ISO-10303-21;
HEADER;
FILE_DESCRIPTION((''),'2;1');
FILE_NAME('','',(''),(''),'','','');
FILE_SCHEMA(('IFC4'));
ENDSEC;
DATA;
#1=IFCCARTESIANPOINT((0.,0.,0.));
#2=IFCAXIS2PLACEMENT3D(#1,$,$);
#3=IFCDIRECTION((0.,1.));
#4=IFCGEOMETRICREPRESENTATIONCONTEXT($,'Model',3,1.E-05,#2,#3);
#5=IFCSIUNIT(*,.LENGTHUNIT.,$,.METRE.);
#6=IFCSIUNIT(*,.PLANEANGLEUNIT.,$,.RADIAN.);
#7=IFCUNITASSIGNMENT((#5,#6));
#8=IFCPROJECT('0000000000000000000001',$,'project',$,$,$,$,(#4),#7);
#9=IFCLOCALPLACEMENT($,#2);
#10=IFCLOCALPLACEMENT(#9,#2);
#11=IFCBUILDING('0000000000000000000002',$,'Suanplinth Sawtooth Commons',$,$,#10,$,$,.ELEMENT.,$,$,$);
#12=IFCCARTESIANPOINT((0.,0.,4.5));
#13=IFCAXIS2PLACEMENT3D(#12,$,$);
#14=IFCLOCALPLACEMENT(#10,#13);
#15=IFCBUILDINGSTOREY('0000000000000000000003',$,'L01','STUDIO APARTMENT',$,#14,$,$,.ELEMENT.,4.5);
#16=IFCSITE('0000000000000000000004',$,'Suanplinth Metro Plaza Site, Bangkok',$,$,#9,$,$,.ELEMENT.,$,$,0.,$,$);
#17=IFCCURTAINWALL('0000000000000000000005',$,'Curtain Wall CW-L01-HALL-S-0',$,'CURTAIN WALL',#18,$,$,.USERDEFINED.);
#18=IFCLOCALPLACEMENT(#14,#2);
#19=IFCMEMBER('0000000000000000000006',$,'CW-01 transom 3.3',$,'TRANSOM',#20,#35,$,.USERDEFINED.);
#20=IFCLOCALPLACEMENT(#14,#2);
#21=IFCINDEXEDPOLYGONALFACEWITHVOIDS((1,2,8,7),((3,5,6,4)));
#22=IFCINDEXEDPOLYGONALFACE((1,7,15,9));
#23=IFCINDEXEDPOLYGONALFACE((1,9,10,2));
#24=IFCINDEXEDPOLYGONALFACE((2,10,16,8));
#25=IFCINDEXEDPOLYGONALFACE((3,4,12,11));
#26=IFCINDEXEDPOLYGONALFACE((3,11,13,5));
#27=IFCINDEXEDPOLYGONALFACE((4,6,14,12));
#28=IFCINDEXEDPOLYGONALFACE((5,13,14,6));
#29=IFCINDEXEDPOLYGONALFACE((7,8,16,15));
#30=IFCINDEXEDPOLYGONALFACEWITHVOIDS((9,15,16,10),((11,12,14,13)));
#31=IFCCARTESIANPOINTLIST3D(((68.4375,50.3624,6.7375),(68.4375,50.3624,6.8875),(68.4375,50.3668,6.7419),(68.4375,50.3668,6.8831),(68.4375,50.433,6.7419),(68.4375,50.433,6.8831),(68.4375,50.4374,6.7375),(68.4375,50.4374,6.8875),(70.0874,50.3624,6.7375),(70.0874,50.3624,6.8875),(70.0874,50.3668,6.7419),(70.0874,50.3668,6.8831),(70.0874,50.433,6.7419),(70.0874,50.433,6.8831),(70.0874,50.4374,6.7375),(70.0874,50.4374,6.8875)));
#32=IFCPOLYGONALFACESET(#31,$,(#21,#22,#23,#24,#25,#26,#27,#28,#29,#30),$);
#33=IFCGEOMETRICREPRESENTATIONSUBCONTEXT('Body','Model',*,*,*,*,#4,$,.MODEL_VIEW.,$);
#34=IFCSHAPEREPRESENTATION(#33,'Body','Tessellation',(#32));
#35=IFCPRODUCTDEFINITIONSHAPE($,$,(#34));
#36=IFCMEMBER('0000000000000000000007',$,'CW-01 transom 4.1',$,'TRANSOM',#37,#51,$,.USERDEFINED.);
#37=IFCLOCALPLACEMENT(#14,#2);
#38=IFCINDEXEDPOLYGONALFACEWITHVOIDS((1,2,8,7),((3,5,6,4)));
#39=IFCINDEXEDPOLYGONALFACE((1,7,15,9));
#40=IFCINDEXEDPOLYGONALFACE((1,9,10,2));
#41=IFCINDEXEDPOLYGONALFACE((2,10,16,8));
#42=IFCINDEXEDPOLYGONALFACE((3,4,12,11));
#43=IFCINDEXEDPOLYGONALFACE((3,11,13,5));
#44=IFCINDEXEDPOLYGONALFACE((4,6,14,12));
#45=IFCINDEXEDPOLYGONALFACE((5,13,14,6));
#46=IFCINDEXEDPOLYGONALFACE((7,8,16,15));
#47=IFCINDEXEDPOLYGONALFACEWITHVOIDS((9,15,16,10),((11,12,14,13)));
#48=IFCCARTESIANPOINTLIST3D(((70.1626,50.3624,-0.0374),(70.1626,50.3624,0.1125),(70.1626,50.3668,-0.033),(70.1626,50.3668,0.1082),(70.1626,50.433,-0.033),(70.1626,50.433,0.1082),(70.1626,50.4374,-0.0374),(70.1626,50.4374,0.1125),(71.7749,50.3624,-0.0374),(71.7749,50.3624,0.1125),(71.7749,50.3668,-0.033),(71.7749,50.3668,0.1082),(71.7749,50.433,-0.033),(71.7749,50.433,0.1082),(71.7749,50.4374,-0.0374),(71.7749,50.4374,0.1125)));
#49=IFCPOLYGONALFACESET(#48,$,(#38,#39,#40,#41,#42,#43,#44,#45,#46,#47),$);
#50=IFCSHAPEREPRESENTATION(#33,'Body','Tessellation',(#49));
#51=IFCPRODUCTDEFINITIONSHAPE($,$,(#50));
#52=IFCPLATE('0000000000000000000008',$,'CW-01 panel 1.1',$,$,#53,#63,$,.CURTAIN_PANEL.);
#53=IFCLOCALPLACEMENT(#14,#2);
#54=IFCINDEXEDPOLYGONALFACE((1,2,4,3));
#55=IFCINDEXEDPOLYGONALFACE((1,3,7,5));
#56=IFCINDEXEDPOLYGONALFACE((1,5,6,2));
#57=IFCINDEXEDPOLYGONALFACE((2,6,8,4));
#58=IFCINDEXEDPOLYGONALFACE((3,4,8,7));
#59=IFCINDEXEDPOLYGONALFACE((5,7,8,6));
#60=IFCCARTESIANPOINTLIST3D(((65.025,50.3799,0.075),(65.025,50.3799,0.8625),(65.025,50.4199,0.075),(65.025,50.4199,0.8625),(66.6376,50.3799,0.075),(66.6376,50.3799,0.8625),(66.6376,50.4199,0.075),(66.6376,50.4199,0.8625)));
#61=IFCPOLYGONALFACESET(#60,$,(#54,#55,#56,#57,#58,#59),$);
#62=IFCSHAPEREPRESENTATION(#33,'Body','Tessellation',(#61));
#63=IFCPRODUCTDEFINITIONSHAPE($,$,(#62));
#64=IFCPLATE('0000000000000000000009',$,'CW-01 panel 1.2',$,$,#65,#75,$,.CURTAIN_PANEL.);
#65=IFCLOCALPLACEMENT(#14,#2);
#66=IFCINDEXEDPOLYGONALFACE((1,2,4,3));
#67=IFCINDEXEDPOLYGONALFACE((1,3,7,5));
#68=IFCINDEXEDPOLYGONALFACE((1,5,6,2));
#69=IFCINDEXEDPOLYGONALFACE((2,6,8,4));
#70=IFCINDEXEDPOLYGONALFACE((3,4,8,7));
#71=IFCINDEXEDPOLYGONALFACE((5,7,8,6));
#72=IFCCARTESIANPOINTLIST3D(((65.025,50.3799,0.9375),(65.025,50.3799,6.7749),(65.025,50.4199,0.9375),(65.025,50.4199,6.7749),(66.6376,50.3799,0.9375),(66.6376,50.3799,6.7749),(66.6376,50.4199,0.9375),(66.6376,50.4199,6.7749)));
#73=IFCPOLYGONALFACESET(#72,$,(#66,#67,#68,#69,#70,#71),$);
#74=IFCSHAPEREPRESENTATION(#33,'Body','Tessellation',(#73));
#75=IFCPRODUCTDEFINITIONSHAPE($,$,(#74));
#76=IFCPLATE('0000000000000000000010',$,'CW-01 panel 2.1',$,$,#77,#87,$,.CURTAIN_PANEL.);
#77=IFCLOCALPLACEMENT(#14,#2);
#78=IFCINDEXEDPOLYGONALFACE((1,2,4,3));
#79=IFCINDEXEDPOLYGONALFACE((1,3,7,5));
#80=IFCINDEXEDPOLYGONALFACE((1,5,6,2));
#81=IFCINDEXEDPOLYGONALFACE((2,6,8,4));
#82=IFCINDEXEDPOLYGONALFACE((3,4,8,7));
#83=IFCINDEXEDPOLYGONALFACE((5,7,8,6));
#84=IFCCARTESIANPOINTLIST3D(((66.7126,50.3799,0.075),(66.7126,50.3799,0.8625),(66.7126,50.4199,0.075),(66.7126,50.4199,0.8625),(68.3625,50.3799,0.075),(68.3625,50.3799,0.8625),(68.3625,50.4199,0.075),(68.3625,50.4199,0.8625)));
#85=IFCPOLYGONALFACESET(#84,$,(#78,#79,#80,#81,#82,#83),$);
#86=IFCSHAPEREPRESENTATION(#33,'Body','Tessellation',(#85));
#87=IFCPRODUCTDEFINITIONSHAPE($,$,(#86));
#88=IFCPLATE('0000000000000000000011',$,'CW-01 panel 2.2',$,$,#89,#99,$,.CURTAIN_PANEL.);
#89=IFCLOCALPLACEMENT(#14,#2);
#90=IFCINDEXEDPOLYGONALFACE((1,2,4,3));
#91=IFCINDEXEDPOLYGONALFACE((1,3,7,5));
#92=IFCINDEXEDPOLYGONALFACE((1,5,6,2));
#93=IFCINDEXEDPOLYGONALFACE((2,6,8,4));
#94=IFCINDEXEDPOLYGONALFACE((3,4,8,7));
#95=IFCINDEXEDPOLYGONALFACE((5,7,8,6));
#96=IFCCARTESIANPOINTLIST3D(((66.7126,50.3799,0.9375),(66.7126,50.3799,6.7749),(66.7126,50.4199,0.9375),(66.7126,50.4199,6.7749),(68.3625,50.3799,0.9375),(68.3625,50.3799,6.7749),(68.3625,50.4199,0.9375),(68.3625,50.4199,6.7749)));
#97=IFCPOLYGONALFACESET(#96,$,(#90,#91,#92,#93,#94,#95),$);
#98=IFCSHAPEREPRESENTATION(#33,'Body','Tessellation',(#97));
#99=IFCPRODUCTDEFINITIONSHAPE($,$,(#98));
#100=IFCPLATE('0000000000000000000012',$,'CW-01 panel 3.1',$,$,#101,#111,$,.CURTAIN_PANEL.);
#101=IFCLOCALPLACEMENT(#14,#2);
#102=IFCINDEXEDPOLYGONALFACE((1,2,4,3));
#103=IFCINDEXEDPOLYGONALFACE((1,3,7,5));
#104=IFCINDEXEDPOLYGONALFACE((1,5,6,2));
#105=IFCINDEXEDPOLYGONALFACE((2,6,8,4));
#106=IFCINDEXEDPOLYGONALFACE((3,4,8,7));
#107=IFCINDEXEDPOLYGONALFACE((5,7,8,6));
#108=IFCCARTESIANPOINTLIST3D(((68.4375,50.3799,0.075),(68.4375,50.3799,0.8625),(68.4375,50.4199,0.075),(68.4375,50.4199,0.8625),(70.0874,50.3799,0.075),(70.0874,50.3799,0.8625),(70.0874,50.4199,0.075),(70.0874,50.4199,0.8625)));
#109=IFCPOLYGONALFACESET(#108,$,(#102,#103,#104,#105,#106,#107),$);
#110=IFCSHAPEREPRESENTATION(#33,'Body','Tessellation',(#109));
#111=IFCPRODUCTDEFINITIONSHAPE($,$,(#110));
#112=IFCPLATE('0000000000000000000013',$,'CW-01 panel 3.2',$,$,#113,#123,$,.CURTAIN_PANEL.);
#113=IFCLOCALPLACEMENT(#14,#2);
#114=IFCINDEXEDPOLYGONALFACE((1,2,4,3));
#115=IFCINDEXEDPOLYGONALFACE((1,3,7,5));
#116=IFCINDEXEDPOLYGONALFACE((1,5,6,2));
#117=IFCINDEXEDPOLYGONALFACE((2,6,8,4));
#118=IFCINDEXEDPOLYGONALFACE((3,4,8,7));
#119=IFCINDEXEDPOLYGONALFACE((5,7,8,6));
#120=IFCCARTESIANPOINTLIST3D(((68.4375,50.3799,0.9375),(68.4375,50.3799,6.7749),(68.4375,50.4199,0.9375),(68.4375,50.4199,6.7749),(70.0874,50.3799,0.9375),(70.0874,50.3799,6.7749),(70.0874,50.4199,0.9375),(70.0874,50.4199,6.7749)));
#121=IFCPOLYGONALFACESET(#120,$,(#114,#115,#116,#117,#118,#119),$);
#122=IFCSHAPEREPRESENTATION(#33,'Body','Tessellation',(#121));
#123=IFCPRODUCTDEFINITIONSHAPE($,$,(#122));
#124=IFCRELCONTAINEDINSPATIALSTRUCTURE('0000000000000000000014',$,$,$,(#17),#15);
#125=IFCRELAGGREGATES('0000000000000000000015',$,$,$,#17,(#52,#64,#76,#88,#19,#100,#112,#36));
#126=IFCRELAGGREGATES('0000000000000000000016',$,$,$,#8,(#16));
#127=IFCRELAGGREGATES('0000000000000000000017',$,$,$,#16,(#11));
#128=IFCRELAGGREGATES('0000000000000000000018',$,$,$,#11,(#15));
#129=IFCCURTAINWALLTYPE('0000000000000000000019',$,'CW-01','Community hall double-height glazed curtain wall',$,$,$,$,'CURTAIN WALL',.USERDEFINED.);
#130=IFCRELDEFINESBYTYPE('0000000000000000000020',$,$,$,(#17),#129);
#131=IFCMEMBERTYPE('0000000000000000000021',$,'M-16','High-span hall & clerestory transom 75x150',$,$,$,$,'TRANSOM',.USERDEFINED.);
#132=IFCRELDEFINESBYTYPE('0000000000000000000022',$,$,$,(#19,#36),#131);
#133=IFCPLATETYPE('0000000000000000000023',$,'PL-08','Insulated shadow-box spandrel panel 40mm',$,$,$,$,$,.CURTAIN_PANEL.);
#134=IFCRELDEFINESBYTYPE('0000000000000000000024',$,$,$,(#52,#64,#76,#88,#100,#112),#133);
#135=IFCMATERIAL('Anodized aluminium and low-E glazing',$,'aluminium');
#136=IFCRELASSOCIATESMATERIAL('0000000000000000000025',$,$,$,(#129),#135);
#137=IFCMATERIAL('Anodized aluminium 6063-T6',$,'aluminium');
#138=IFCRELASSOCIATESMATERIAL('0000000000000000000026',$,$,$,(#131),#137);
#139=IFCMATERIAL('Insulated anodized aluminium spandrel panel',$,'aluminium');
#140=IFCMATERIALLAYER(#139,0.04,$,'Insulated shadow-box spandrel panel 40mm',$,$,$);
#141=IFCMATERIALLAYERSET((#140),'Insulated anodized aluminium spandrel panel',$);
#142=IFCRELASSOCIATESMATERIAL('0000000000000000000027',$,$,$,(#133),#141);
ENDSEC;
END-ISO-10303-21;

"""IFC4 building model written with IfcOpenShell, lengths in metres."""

from ifc_helpers import new_model, si_unit, direction, frame, origin, origin_2d, place, context, subcontext, project, spatial, rectangle, hollow_rectangle, extrude, material, layer, layer_set, material_profile, profile_set, type_object, element, aggregate, save


model = new_model("IFC4")

# Units and contexts
model_context = context("Model", 3, precision=1e-05, world=origin(), true_north=direction((0.0, 1.0)))
body_context = subcontext(model_context, "Body", "Model", "MODEL_VIEW")
ifc_project = project(units=[si_unit("LENGTHUNIT", "METRE"), si_unit("PLANEANGLEUNIT", "RADIAN")], contexts=[model_context])

# Site, building, storey
site_placement = place(None, origin())
site = spatial("IfcSite", under=ifc_project, at=site_placement, Name="Suanplinth Metro Plaza Site, Bangkok", CompositionType="ELEMENT", RefElevation=0.0)
building_placement = place(site_placement, origin())
building = spatial("IfcBuilding", under=site, at=building_placement, Name="Suanplinth Sawtooth Commons", CompositionType="ELEMENT")
storey_placement = place(building_placement, frame((0.0, 0.0, 4.5)))
storey = spatial("IfcBuildingStorey", under=building, at=storey_placement, Name="L01", Description="STUDIO APARTMENT", CompositionType="ELEMENT", Elevation=4.5)

# Curtain wall, members, plates
ifc_material_1 = material(Name="Anodized aluminium and low-E glazing", Category="aluminium")
curtain_wall_type = type_object("IfcCurtainWallType", Name="CW-01", Description="Community hall double-height glazed curtain wall", ElementType="CURTAIN WALL", PredefinedType="USERDEFINED", material=ifc_material_1)
curtain_wall_placement = place(storey_placement, origin())
curtain_wall = element("IfcCurtainWall", 1, at=curtain_wall_placement, inside=storey, type_object=curtain_wall_type, Name="Curtain Wall CW-L01-HALL-S-0", ObjectType="CURTAIN WALL", PredefinedType="USERDEFINED")
ifc_material_2 = material(Name="Anodized aluminium 6063-T6", Category="aluminium")
ifc_material_profile_1 = material_profile(ifc_material_2, hollow_rectangle(XDim=0.075, YDim=0.1499, WallThickness=0.0044, at=origin_2d()), Name="ALU-TRN 75x150")
ifc_profile_set_1 = profile_set([ifc_material_profile_1], Name="Anodized aluminium 6063-T6")
member_type_1 = type_object("IfcMemberType", Name="M-16", Description="High-span hall & clerestory transom 75x150", ElementType="TRANSOM", PredefinedType="USERDEFINED", material=ifc_profile_set_1)
member_1_placement = place(storey_placement, frame((68.4375, 50.3999, 6.8125), z_axis=(1.0, 0.0, 0.0), x_axis=(0.0, 1.0, 0.0)))
member_1 = element("IfcMember", 2, at=member_1_placement, type_object=member_type_1, Name="CW-01 transom 3.3", ObjectType="TRANSOM", PredefinedType="USERDEFINED", context=body_context, shape_type="SweptSolid", body=[
    extrude(hollow_rectangle(XDim=0.075, YDim=0.1499, WallThickness=0.0044, at=origin_2d()), origin(), (0.0, 0.0, 1.0), 1.6499),
])
member_2_placement = place(storey_placement, frame((70.1626, 50.3999, 0.0376), z_axis=(1.0, 0.0, 0.0), x_axis=(0.0, 1.0, 0.0)))
member_2 = element("IfcMember", 3, at=member_2_placement, type_object=member_type_1, Name="CW-01 transom 4.1", ObjectType="TRANSOM", PredefinedType="USERDEFINED", context=body_context, shape_type="SweptSolid", body=[
    extrude(hollow_rectangle(XDim=0.075, YDim=0.1499, WallThickness=0.0044, at=origin_2d()), origin(), (0.0, 0.0, 1.0), 1.6123),
])
ifc_material_3 = material(Name="Insulated anodized aluminium spandrel panel", Category="aluminium")
ifc_layer = layer(ifc_material_3, 0.04, Name="Insulated shadow-box spandrel panel 40mm")
ifc_layer_set = layer_set([ifc_layer], Name="Insulated anodized aluminium spandrel panel")
plate_type = type_object("IfcPlateType", Name="PL-08", Description="Insulated shadow-box spandrel panel 40mm", PredefinedType="CURTAIN_PANEL", material=ifc_layer_set)
plate_1_placement = place(storey_placement, frame((65.8313, 50.3999, 0.075), z_axis=(0.0, 0.0, 1.0), x_axis=(1.0, 0.0, 0.0)))
plate_1 = element("IfcPlate", 4, at=plate_1_placement, type_object=plate_type, Name="CW-01 panel 1.1", PredefinedType="CURTAIN_PANEL", context=body_context, shape_type="SweptSolid", body=[
    extrude(rectangle(XDim=1.6125, YDim=0.04, at=origin_2d()), origin(), (0.0, 0.0, 1.0), 0.7876),
])
plate_2_placement = place(storey_placement, frame((65.8313, 50.3999, 0.9375), z_axis=(0.0, 0.0, 1.0), x_axis=(1.0, 0.0, 0.0)))
plate_2 = element("IfcPlate", 5, at=plate_2_placement, type_object=plate_type, Name="CW-01 panel 1.2", PredefinedType="CURTAIN_PANEL", context=body_context, shape_type="SweptSolid", body=[
    extrude(rectangle(XDim=1.6125, YDim=0.04, at=origin_2d()), origin(), (0.0, 0.0, 1.0), 5.8374),
])
plate_3_placement = place(storey_placement, frame((67.5376, 50.3999, 0.075), z_axis=(0.0, 0.0, 1.0), x_axis=(1.0, 0.0, 0.0)))
plate_3 = element("IfcPlate", 6, at=plate_3_placement, type_object=plate_type, Name="CW-01 panel 2.1", PredefinedType="CURTAIN_PANEL", context=body_context, shape_type="SweptSolid", body=[
    extrude(rectangle(XDim=1.6499, YDim=0.04, at=origin_2d()), origin(), (0.0, 0.0, 1.0), 0.7876),
])
plate_4_placement = place(storey_placement, frame((67.5376, 50.3999, 0.9375), z_axis=(0.0, 0.0, 1.0), x_axis=(1.0, 0.0, 0.0)))
plate_4 = element("IfcPlate", 7, at=plate_4_placement, type_object=plate_type, Name="CW-01 panel 2.2", PredefinedType="CURTAIN_PANEL", context=body_context, shape_type="SweptSolid", body=[
    extrude(rectangle(XDim=1.6499, YDim=0.04, at=origin_2d()), origin(), (0.0, 0.0, 1.0), 5.8374),
])
plate_5_placement = place(storey_placement, frame((69.2625, 50.3999, 0.075), z_axis=(0.0, 0.0, 1.0), x_axis=(1.0, 0.0, 0.0)))
plate_5 = element("IfcPlate", 8, at=plate_5_placement, type_object=plate_type, Name="CW-01 panel 3.1", PredefinedType="CURTAIN_PANEL", context=body_context, shape_type="SweptSolid", body=[
    extrude(rectangle(XDim=1.6499, YDim=0.04, at=origin_2d()), origin(), (0.0, 0.0, 1.0), 0.7876),
])
plate_6_placement = place(storey_placement, frame((69.2625, 50.3999, 0.9375), z_axis=(0.0, 0.0, 1.0), x_axis=(1.0, 0.0, 0.0)))
plate_6 = element("IfcPlate", 9, at=plate_6_placement, type_object=plate_type, Name="CW-01 panel 3.2", PredefinedType="CURTAIN_PANEL", context=body_context, shape_type="SweptSolid", body=[
    extrude(rectangle(XDim=1.6499, YDim=0.04, at=origin_2d()), origin(), (0.0, 0.0, 1.0), 5.8374),
])
aggregate(curtain_wall, [plate_1, plate_2, plate_3, plate_4, member_1, plate_5, plate_6, member_2])

save(model, "model.ifc")
